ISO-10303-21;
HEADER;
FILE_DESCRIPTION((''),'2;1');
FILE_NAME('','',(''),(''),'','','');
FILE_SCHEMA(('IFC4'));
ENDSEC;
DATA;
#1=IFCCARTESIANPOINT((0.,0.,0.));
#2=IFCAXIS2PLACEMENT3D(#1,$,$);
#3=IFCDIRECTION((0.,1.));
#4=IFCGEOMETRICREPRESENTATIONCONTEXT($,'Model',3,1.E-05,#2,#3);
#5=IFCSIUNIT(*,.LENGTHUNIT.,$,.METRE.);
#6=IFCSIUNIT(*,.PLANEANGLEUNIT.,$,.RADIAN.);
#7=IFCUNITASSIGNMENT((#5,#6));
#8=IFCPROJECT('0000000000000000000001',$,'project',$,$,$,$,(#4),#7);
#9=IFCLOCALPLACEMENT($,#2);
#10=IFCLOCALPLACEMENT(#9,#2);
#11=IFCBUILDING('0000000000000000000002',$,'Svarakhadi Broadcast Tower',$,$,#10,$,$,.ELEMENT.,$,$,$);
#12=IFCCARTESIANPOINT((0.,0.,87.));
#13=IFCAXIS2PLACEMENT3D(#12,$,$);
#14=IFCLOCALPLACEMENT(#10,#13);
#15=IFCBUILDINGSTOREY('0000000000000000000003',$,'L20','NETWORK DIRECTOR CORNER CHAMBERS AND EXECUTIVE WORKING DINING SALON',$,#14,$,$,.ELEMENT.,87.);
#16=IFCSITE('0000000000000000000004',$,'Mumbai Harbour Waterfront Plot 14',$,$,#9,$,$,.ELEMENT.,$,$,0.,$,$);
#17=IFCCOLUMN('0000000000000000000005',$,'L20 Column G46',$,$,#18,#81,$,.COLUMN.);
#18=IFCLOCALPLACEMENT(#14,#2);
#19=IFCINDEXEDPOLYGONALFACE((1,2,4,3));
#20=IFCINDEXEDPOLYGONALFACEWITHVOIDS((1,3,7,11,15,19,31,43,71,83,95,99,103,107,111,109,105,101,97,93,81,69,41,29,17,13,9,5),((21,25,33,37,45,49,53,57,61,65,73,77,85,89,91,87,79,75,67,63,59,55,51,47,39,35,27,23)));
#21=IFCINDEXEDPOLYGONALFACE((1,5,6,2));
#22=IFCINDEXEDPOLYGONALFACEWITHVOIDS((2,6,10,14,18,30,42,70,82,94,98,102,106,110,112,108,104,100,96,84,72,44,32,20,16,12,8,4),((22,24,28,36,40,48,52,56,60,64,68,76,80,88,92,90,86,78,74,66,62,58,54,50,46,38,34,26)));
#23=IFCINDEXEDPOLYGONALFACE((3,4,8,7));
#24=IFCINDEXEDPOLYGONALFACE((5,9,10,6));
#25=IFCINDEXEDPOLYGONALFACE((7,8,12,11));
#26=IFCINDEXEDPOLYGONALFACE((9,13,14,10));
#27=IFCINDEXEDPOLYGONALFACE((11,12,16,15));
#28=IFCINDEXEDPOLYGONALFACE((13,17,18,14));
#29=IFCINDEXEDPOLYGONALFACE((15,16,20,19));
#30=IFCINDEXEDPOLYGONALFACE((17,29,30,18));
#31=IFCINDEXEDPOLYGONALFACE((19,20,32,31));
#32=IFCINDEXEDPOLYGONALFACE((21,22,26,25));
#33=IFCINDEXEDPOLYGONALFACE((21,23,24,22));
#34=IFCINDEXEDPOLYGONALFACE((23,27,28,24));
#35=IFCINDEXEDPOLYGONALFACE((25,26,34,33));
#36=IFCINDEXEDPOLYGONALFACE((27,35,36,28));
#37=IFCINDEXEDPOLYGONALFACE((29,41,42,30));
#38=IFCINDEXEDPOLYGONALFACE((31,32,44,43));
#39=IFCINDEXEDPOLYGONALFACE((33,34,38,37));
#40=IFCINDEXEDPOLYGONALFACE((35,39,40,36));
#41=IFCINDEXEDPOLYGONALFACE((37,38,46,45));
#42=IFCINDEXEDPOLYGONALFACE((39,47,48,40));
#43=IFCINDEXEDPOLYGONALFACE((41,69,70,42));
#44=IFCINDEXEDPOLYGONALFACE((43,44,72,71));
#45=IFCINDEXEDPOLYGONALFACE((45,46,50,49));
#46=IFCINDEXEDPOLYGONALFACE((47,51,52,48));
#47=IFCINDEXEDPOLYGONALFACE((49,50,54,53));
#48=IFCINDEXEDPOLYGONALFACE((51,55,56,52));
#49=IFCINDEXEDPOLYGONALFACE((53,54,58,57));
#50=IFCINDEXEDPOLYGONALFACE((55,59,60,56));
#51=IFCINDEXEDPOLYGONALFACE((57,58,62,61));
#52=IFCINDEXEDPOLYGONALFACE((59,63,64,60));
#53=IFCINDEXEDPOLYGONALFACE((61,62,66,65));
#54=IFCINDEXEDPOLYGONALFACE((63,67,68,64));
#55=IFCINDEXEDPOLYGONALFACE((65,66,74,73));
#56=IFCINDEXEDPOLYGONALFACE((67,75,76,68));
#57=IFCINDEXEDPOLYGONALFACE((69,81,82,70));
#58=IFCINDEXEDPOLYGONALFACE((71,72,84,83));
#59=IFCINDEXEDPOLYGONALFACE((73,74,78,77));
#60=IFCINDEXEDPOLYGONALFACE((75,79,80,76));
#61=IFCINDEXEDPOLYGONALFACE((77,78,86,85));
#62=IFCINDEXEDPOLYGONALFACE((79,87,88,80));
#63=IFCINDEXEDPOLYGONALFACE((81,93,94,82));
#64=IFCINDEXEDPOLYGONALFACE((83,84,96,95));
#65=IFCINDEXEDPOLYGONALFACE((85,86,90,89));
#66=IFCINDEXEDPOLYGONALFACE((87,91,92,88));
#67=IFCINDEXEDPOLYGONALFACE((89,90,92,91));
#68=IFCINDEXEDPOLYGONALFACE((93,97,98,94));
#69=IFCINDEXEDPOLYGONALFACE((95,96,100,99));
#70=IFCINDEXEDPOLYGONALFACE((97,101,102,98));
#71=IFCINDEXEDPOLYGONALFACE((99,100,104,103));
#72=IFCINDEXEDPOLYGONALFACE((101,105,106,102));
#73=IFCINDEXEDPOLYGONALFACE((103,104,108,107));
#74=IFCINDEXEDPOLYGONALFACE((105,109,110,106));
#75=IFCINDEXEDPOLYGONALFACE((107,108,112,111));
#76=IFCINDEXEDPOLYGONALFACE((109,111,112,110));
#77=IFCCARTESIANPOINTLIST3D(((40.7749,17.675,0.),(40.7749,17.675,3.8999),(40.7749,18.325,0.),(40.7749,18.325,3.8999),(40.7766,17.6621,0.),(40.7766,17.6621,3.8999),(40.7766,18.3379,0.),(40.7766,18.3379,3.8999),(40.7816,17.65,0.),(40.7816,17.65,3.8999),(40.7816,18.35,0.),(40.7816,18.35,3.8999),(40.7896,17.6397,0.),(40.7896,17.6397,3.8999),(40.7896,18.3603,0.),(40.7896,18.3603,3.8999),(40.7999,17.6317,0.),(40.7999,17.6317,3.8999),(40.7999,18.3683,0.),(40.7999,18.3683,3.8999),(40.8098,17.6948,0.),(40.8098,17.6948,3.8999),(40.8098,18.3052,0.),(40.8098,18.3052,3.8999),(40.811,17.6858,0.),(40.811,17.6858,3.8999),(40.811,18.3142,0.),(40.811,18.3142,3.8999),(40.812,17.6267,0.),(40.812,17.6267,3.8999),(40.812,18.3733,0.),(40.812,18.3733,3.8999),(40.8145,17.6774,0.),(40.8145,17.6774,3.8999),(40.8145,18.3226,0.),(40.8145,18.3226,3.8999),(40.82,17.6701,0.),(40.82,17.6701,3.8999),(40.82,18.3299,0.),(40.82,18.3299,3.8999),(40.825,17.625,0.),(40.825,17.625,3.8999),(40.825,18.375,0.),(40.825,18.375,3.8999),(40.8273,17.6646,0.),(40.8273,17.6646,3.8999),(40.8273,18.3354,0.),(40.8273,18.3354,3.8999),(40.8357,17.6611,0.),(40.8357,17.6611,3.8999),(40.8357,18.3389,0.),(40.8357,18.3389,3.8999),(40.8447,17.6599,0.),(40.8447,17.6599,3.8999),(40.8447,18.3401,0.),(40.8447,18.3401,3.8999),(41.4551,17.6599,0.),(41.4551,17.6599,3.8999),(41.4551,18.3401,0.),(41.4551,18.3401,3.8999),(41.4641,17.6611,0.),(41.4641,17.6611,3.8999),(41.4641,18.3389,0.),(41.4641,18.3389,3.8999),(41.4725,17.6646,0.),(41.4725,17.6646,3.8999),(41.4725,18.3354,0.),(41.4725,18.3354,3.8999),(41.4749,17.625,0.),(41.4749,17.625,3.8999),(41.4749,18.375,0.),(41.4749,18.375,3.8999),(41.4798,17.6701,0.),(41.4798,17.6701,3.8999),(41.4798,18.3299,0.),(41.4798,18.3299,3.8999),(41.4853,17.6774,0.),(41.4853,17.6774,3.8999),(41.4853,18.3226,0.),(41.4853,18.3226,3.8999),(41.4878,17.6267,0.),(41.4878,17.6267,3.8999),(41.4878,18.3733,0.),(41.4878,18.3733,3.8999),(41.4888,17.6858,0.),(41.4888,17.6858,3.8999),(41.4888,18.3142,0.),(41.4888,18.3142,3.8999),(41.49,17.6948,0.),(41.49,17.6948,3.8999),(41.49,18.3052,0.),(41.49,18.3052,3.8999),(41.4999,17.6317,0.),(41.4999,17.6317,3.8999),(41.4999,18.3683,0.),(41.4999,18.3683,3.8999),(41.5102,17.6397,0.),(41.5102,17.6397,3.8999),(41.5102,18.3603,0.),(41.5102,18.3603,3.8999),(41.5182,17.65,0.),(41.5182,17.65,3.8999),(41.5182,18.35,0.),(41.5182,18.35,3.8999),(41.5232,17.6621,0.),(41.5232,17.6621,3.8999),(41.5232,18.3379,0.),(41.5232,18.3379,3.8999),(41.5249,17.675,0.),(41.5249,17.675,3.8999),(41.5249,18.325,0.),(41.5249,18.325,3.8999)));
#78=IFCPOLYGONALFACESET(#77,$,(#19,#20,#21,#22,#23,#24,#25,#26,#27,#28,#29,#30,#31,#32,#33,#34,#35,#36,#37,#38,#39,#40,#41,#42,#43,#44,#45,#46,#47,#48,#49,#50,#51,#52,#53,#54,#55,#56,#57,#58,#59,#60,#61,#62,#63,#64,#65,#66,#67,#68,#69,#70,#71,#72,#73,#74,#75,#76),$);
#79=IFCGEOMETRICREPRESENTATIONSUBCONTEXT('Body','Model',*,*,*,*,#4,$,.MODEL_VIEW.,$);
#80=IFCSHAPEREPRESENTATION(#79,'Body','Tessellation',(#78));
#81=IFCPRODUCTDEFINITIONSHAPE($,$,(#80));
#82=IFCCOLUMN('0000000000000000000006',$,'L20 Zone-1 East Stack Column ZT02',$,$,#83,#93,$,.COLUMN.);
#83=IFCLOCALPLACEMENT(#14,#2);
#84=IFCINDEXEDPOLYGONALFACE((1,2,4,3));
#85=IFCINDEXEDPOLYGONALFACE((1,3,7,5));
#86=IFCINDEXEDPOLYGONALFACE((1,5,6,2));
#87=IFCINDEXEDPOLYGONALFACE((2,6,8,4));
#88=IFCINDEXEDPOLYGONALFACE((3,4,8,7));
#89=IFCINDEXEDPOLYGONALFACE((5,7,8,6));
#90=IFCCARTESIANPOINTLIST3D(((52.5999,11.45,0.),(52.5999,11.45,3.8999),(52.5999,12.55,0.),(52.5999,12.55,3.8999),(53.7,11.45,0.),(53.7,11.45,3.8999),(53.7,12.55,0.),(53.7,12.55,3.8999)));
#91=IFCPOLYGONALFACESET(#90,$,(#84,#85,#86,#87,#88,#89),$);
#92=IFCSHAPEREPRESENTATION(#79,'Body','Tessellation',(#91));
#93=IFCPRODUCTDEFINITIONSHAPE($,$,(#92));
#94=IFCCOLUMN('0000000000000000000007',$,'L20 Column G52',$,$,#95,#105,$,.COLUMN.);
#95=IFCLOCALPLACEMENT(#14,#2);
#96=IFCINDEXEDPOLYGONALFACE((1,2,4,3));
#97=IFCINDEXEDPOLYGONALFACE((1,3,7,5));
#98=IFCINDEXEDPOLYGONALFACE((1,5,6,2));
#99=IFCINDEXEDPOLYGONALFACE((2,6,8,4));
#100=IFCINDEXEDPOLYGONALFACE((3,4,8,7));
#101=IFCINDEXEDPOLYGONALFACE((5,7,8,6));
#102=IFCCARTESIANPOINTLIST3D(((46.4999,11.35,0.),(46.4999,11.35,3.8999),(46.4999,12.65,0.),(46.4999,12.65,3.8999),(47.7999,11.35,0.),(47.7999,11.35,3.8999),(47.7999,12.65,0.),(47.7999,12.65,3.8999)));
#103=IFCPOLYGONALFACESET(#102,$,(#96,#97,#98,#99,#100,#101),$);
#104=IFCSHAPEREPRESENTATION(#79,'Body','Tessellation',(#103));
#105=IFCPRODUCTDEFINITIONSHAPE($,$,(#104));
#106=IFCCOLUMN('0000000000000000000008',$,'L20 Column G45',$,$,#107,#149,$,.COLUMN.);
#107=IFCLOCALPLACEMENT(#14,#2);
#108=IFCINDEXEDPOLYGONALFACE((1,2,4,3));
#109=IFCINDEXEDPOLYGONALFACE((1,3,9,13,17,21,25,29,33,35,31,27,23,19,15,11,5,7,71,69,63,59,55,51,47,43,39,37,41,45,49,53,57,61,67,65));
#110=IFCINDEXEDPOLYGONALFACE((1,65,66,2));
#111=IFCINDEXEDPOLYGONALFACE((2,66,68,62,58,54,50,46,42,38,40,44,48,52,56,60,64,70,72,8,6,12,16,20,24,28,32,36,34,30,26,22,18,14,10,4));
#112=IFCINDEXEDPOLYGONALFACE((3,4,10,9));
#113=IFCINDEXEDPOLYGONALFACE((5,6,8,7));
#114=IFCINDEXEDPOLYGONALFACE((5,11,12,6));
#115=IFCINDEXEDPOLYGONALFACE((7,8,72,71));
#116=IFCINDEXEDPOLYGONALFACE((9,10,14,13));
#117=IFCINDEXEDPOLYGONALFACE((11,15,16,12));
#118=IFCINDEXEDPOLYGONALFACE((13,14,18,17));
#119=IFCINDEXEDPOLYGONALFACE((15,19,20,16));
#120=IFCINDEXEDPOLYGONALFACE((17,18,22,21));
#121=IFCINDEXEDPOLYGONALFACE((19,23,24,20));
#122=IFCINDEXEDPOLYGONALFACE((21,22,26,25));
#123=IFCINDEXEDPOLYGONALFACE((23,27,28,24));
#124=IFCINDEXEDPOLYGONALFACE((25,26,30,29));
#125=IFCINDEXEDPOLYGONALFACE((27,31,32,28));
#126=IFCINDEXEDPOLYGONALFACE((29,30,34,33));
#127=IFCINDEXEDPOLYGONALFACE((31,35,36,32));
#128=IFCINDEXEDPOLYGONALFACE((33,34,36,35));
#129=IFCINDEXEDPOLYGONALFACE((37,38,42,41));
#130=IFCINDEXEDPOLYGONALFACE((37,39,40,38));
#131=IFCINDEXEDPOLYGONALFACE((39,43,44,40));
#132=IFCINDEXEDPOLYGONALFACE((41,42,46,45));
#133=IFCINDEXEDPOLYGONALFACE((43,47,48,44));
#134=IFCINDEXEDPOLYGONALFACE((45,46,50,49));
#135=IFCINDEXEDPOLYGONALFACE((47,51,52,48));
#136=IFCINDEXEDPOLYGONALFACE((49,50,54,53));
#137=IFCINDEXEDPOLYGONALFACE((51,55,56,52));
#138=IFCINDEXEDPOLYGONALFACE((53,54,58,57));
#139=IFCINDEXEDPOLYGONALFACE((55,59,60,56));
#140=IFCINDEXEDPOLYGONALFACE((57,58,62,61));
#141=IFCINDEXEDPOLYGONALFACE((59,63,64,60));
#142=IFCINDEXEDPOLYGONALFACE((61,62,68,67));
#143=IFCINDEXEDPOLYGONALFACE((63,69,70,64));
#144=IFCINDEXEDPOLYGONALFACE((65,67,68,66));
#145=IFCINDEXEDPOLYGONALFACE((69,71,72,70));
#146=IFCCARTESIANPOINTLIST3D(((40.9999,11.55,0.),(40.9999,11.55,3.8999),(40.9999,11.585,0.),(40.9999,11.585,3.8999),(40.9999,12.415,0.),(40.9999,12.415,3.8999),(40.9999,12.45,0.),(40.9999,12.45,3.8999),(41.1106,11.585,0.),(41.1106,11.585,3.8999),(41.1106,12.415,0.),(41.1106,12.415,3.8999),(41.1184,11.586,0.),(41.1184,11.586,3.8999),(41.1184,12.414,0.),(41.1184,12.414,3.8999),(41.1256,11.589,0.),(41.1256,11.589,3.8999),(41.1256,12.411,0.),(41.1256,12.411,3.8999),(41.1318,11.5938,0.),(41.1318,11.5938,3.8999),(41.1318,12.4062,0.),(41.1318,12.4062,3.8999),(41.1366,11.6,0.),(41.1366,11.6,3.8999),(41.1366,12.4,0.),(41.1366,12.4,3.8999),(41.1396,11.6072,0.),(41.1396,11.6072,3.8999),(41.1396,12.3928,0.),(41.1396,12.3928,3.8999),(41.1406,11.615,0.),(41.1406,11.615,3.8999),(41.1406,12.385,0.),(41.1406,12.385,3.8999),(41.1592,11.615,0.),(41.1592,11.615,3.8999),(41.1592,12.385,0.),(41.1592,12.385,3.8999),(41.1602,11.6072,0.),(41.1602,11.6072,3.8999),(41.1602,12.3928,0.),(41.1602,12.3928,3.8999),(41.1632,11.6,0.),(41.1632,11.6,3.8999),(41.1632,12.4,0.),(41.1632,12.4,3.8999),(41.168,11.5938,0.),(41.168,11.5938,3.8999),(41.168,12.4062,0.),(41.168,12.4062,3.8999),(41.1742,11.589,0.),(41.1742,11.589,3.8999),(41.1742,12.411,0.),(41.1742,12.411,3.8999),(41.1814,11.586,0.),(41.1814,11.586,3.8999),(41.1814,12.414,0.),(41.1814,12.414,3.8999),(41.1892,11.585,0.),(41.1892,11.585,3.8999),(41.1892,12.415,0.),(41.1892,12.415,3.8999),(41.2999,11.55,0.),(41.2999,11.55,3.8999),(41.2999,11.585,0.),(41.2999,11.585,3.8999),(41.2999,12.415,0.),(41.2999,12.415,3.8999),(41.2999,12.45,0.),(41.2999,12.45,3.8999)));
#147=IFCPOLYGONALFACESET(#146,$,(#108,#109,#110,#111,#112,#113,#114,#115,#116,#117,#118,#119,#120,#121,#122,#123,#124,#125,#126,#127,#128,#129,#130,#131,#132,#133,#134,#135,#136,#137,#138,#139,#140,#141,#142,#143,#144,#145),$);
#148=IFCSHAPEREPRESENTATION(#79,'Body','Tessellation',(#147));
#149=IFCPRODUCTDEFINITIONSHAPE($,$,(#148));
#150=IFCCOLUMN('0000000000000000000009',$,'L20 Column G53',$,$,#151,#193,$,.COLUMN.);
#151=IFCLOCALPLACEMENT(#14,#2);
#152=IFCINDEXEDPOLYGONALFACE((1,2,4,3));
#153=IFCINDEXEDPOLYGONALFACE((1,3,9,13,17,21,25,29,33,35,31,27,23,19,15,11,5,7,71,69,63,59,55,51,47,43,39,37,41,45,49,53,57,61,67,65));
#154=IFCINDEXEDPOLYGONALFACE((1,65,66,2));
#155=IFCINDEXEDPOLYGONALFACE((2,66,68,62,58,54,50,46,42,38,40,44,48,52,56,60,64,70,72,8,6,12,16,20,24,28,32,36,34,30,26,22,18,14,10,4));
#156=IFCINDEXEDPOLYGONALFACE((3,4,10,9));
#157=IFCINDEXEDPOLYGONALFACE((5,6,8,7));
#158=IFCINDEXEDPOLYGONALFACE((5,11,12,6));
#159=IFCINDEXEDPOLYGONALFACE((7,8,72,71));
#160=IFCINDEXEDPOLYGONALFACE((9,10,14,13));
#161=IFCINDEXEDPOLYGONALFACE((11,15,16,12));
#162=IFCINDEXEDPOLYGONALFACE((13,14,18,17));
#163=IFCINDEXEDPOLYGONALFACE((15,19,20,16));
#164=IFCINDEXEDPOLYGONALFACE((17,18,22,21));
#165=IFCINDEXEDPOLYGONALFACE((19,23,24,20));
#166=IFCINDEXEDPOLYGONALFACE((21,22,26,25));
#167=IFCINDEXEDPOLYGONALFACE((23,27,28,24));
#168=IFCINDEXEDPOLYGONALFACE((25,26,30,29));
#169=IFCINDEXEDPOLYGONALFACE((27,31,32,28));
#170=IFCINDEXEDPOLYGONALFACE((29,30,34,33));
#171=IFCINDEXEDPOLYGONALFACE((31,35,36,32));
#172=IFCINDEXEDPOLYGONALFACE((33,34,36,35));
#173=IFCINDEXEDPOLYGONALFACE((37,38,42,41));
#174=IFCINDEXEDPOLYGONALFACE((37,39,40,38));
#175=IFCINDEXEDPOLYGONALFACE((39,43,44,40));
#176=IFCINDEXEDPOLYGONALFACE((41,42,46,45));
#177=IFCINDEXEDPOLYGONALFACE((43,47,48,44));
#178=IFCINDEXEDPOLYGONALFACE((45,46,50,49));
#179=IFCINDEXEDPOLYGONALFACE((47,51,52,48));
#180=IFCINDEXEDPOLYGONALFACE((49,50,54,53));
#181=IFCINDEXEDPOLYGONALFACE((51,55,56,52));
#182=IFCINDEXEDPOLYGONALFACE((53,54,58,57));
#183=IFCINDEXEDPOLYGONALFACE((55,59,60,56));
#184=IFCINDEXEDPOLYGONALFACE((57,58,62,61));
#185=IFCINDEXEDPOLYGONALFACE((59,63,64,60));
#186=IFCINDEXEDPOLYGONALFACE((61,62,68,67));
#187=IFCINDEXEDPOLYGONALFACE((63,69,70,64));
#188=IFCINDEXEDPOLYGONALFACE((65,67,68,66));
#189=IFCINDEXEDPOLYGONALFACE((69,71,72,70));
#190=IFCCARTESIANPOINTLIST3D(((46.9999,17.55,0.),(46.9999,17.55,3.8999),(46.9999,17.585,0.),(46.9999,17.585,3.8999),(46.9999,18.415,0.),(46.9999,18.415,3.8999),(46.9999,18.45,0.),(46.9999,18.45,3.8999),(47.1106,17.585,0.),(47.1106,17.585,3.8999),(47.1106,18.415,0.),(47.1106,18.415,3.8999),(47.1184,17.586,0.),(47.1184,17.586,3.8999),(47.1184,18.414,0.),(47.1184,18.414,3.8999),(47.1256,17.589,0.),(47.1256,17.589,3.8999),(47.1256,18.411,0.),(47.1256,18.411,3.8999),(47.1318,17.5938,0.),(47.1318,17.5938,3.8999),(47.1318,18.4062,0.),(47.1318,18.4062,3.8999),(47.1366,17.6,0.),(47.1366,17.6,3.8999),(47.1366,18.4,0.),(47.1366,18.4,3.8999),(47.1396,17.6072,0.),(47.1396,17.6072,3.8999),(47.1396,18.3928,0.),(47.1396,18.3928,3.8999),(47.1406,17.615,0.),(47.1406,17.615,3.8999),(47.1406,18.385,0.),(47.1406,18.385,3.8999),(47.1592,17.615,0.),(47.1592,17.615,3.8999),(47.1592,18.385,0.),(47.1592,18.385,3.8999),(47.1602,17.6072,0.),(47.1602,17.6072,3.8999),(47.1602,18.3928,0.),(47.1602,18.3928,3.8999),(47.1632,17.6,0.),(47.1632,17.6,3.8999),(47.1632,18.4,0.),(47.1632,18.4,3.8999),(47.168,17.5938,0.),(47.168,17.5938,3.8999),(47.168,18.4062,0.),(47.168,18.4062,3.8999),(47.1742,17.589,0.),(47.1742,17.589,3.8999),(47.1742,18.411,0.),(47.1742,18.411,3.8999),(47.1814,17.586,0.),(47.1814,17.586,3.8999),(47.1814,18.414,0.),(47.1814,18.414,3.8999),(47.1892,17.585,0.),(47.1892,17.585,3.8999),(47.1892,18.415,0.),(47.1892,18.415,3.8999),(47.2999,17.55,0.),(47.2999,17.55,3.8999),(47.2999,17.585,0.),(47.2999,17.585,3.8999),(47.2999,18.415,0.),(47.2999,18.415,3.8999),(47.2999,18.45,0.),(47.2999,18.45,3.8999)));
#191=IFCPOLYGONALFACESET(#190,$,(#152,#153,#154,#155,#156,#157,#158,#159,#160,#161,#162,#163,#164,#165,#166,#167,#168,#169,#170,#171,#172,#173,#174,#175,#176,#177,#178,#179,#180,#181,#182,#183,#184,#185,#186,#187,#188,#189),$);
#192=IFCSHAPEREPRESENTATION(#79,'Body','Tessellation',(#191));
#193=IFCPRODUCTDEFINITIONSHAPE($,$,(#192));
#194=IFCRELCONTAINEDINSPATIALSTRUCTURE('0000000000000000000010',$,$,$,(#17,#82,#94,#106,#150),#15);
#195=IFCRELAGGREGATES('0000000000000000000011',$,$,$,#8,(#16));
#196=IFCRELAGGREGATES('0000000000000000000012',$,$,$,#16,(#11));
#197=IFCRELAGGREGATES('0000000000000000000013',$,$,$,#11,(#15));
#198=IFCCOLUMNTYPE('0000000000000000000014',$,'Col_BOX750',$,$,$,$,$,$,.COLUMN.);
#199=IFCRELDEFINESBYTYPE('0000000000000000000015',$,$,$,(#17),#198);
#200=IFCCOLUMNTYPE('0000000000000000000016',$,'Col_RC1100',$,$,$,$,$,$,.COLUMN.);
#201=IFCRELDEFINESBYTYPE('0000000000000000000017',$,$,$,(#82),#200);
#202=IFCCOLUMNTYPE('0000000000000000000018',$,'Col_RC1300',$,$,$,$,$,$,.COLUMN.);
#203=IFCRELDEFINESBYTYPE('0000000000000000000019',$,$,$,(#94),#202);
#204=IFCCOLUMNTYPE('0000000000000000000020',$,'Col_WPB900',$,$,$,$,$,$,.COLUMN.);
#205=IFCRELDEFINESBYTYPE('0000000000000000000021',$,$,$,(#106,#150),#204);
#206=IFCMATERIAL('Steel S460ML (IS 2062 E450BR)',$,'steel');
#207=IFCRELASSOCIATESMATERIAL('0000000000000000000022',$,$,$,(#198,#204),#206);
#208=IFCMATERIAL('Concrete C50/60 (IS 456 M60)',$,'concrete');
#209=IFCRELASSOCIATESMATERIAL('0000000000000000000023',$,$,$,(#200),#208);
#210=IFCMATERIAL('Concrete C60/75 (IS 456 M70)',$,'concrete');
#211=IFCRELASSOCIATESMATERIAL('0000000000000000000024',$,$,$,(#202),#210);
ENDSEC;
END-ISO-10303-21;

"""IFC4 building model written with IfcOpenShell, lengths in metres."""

from ifc_helpers import new_model, si_unit, direction, frame, origin, origin_2d, place, context, subcontext, project, spatial, rectangle, hollow_rectangle, i_section, extrude, material, material_profile, profile_set, type_object, element, save


model = new_model("IFC4")

# Units and contexts
model_context = context("Model", 3, precision=1e-05, world=origin(), true_north=direction((0.0, 1.0)))
body_context = subcontext(model_context, "Body", "Model", "MODEL_VIEW")
ifc_project = project(units=[si_unit("LENGTHUNIT", "METRE"), si_unit("PLANEANGLEUNIT", "RADIAN")], contexts=[model_context])

# Site, building, storey
site_placement = place(None, origin())
site = spatial("IfcSite", under=ifc_project, at=site_placement, Name="Mumbai Harbour Waterfront Plot 14", CompositionType="ELEMENT", RefElevation=0.0)
building_placement = place(site_placement, origin())
building = spatial("IfcBuilding", under=site, at=building_placement, Name="Svarakhadi Broadcast Tower", CompositionType="ELEMENT")
storey_placement = place(building_placement, frame((0.0, 0.0, 87.0)))
storey = spatial("IfcBuildingStorey", under=building, at=storey_placement, Name="L20", Description="NETWORK DIRECTOR CORNER CHAMBERS AND EXECUTIVE WORKING DINING SALON", CompositionType="ELEMENT", Elevation=87.0)

# Columns
ifc_material_1 = material(Name="Steel S460ML (IS 2062 E450BR)", Category="steel")
ifc_material_profile_1 = material_profile(ifc_material_1, hollow_rectangle(XDim=0.75, YDim=0.75, WallThickness=0.0349, InnerFilletRadius=0.0349, OuterFilletRadius=0.05, at=origin_2d()), Name="BOX 750x750x35")
ifc_profile_set_1 = profile_set([ifc_material_profile_1], Name="Steel S460ML (IS 2062 E450BR)")
column_type_1 = type_object("IfcColumnType", Name="Col_BOX750", PredefinedType="COLUMN", material=ifc_profile_set_1)
column_1_placement = place(storey_placement, frame((41.1499, 18.0, 0.0), z_axis=(0.0, 0.0, 1.0), x_axis=(1.0, 0.0, 0.0)))
element("IfcColumn", 1, at=column_1_placement, inside=storey, type_object=column_type_1, Name="L20 Column G46", PredefinedType="COLUMN", context=body_context, shape_type="SweptSolid", body=[
    extrude(hollow_rectangle(XDim=0.75, YDim=0.75, WallThickness=0.0349, InnerFilletRadius=0.0349, OuterFilletRadius=0.05, at=origin_2d()), origin(), (0.0, 0.0, 1.0), 3.8999),
])
ifc_material_2 = material(Name="Concrete C50/60 (IS 456 M60)", Category="concrete")
ifc_material_profile_2 = material_profile(ifc_material_2, rectangle(XDim=1.1001, YDim=1.1001, at=origin_2d()), Name="RC 1100x1100")
ifc_profile_set_2 = profile_set([ifc_material_profile_2], Name="Concrete C50/60 (IS 456 M60)")
column_type_2 = type_object("IfcColumnType", Name="Col_RC1100", PredefinedType="COLUMN", material=ifc_profile_set_2)
column_2_placement = place(storey_placement, frame((53.1499, 12.0, 0.0), z_axis=(0.0, 0.0, 1.0), x_axis=(1.0, 0.0, 0.0)))
element("IfcColumn", 2, at=column_2_placement, inside=storey, type_object=column_type_2, Name="L20 Zone-1 East Stack Column ZT02", PredefinedType="COLUMN", context=body_context, shape_type="SweptSolid", body=[
    extrude(rectangle(XDim=1.1001, YDim=1.1001, at=origin_2d()), origin(), (0.0, 0.0, 1.0), 3.8999),
])
ifc_material_3 = material(Name="Concrete C60/75 (IS 456 M70)", Category="concrete")
ifc_material_profile_3 = material_profile(ifc_material_3, rectangle(XDim=1.3, YDim=1.3, at=origin_2d()), Name="RC 1300x1300")
ifc_profile_set_3 = profile_set([ifc_material_profile_3], Name="Concrete C60/75 (IS 456 M70)")
column_type_3 = type_object("IfcColumnType", Name="Col_RC1300", PredefinedType="COLUMN", material=ifc_profile_set_3)
column_3_placement = place(storey_placement, frame((47.1499, 12.0, 0.0), z_axis=(0.0, 0.0, 1.0), x_axis=(1.0, 0.0, 0.0)))
element("IfcColumn", 3, at=column_3_placement, inside=storey, type_object=column_type_3, Name="L20 Column G52", PredefinedType="COLUMN", context=body_context, shape_type="SweptSolid", body=[
    extrude(rectangle(XDim=1.3, YDim=1.3, at=origin_2d()), origin(), (0.0, 0.0, 1.0), 3.8999),
])
ifc_material_profile_4 = material_profile(ifc_material_1, i_section(OverallWidth=0.3, OverallDepth=0.8999, WebThickness=0.0186, FlangeThickness=0.0349, FilletRadius=0.03, at=origin_2d()), Name="WPB 900x300x291")
ifc_profile_set_4 = profile_set([ifc_material_profile_4], Name="Steel S460ML (IS 2062 E450BR)")
column_type_4 = type_object("IfcColumnType", Name="Col_WPB900", PredefinedType="COLUMN", material=ifc_profile_set_4)
for number, where, z_axis, x_axis, name in (
    (4, (41.1499, 12.0, 0.0), (0.0, 0.0, 1.0), (1.0, 0.0, 0.0), "L20 Column G45"),
    (5, (47.1499, 18.0, 0.0), (0.0, 0.0, 1.0), (1.0, 0.0, 0.0), "L20 Column G53"),
):
    element("IfcColumn", number, at=place(storey_placement, frame(where, z_axis=z_axis, x_axis=x_axis)), inside=storey, type_object=column_type_4, Name=name, PredefinedType="COLUMN", context=body_context, shape_type="SweptSolid", body=[
        extrude(i_section(OverallWidth=0.3, OverallDepth=0.8999, WebThickness=0.0186, FlangeThickness=0.0349, FilletRadius=0.03, at=origin_2d()), origin(), (0.0, 0.0, 1.0), 3.8999),
    ])

save(model, "model.ifc")
